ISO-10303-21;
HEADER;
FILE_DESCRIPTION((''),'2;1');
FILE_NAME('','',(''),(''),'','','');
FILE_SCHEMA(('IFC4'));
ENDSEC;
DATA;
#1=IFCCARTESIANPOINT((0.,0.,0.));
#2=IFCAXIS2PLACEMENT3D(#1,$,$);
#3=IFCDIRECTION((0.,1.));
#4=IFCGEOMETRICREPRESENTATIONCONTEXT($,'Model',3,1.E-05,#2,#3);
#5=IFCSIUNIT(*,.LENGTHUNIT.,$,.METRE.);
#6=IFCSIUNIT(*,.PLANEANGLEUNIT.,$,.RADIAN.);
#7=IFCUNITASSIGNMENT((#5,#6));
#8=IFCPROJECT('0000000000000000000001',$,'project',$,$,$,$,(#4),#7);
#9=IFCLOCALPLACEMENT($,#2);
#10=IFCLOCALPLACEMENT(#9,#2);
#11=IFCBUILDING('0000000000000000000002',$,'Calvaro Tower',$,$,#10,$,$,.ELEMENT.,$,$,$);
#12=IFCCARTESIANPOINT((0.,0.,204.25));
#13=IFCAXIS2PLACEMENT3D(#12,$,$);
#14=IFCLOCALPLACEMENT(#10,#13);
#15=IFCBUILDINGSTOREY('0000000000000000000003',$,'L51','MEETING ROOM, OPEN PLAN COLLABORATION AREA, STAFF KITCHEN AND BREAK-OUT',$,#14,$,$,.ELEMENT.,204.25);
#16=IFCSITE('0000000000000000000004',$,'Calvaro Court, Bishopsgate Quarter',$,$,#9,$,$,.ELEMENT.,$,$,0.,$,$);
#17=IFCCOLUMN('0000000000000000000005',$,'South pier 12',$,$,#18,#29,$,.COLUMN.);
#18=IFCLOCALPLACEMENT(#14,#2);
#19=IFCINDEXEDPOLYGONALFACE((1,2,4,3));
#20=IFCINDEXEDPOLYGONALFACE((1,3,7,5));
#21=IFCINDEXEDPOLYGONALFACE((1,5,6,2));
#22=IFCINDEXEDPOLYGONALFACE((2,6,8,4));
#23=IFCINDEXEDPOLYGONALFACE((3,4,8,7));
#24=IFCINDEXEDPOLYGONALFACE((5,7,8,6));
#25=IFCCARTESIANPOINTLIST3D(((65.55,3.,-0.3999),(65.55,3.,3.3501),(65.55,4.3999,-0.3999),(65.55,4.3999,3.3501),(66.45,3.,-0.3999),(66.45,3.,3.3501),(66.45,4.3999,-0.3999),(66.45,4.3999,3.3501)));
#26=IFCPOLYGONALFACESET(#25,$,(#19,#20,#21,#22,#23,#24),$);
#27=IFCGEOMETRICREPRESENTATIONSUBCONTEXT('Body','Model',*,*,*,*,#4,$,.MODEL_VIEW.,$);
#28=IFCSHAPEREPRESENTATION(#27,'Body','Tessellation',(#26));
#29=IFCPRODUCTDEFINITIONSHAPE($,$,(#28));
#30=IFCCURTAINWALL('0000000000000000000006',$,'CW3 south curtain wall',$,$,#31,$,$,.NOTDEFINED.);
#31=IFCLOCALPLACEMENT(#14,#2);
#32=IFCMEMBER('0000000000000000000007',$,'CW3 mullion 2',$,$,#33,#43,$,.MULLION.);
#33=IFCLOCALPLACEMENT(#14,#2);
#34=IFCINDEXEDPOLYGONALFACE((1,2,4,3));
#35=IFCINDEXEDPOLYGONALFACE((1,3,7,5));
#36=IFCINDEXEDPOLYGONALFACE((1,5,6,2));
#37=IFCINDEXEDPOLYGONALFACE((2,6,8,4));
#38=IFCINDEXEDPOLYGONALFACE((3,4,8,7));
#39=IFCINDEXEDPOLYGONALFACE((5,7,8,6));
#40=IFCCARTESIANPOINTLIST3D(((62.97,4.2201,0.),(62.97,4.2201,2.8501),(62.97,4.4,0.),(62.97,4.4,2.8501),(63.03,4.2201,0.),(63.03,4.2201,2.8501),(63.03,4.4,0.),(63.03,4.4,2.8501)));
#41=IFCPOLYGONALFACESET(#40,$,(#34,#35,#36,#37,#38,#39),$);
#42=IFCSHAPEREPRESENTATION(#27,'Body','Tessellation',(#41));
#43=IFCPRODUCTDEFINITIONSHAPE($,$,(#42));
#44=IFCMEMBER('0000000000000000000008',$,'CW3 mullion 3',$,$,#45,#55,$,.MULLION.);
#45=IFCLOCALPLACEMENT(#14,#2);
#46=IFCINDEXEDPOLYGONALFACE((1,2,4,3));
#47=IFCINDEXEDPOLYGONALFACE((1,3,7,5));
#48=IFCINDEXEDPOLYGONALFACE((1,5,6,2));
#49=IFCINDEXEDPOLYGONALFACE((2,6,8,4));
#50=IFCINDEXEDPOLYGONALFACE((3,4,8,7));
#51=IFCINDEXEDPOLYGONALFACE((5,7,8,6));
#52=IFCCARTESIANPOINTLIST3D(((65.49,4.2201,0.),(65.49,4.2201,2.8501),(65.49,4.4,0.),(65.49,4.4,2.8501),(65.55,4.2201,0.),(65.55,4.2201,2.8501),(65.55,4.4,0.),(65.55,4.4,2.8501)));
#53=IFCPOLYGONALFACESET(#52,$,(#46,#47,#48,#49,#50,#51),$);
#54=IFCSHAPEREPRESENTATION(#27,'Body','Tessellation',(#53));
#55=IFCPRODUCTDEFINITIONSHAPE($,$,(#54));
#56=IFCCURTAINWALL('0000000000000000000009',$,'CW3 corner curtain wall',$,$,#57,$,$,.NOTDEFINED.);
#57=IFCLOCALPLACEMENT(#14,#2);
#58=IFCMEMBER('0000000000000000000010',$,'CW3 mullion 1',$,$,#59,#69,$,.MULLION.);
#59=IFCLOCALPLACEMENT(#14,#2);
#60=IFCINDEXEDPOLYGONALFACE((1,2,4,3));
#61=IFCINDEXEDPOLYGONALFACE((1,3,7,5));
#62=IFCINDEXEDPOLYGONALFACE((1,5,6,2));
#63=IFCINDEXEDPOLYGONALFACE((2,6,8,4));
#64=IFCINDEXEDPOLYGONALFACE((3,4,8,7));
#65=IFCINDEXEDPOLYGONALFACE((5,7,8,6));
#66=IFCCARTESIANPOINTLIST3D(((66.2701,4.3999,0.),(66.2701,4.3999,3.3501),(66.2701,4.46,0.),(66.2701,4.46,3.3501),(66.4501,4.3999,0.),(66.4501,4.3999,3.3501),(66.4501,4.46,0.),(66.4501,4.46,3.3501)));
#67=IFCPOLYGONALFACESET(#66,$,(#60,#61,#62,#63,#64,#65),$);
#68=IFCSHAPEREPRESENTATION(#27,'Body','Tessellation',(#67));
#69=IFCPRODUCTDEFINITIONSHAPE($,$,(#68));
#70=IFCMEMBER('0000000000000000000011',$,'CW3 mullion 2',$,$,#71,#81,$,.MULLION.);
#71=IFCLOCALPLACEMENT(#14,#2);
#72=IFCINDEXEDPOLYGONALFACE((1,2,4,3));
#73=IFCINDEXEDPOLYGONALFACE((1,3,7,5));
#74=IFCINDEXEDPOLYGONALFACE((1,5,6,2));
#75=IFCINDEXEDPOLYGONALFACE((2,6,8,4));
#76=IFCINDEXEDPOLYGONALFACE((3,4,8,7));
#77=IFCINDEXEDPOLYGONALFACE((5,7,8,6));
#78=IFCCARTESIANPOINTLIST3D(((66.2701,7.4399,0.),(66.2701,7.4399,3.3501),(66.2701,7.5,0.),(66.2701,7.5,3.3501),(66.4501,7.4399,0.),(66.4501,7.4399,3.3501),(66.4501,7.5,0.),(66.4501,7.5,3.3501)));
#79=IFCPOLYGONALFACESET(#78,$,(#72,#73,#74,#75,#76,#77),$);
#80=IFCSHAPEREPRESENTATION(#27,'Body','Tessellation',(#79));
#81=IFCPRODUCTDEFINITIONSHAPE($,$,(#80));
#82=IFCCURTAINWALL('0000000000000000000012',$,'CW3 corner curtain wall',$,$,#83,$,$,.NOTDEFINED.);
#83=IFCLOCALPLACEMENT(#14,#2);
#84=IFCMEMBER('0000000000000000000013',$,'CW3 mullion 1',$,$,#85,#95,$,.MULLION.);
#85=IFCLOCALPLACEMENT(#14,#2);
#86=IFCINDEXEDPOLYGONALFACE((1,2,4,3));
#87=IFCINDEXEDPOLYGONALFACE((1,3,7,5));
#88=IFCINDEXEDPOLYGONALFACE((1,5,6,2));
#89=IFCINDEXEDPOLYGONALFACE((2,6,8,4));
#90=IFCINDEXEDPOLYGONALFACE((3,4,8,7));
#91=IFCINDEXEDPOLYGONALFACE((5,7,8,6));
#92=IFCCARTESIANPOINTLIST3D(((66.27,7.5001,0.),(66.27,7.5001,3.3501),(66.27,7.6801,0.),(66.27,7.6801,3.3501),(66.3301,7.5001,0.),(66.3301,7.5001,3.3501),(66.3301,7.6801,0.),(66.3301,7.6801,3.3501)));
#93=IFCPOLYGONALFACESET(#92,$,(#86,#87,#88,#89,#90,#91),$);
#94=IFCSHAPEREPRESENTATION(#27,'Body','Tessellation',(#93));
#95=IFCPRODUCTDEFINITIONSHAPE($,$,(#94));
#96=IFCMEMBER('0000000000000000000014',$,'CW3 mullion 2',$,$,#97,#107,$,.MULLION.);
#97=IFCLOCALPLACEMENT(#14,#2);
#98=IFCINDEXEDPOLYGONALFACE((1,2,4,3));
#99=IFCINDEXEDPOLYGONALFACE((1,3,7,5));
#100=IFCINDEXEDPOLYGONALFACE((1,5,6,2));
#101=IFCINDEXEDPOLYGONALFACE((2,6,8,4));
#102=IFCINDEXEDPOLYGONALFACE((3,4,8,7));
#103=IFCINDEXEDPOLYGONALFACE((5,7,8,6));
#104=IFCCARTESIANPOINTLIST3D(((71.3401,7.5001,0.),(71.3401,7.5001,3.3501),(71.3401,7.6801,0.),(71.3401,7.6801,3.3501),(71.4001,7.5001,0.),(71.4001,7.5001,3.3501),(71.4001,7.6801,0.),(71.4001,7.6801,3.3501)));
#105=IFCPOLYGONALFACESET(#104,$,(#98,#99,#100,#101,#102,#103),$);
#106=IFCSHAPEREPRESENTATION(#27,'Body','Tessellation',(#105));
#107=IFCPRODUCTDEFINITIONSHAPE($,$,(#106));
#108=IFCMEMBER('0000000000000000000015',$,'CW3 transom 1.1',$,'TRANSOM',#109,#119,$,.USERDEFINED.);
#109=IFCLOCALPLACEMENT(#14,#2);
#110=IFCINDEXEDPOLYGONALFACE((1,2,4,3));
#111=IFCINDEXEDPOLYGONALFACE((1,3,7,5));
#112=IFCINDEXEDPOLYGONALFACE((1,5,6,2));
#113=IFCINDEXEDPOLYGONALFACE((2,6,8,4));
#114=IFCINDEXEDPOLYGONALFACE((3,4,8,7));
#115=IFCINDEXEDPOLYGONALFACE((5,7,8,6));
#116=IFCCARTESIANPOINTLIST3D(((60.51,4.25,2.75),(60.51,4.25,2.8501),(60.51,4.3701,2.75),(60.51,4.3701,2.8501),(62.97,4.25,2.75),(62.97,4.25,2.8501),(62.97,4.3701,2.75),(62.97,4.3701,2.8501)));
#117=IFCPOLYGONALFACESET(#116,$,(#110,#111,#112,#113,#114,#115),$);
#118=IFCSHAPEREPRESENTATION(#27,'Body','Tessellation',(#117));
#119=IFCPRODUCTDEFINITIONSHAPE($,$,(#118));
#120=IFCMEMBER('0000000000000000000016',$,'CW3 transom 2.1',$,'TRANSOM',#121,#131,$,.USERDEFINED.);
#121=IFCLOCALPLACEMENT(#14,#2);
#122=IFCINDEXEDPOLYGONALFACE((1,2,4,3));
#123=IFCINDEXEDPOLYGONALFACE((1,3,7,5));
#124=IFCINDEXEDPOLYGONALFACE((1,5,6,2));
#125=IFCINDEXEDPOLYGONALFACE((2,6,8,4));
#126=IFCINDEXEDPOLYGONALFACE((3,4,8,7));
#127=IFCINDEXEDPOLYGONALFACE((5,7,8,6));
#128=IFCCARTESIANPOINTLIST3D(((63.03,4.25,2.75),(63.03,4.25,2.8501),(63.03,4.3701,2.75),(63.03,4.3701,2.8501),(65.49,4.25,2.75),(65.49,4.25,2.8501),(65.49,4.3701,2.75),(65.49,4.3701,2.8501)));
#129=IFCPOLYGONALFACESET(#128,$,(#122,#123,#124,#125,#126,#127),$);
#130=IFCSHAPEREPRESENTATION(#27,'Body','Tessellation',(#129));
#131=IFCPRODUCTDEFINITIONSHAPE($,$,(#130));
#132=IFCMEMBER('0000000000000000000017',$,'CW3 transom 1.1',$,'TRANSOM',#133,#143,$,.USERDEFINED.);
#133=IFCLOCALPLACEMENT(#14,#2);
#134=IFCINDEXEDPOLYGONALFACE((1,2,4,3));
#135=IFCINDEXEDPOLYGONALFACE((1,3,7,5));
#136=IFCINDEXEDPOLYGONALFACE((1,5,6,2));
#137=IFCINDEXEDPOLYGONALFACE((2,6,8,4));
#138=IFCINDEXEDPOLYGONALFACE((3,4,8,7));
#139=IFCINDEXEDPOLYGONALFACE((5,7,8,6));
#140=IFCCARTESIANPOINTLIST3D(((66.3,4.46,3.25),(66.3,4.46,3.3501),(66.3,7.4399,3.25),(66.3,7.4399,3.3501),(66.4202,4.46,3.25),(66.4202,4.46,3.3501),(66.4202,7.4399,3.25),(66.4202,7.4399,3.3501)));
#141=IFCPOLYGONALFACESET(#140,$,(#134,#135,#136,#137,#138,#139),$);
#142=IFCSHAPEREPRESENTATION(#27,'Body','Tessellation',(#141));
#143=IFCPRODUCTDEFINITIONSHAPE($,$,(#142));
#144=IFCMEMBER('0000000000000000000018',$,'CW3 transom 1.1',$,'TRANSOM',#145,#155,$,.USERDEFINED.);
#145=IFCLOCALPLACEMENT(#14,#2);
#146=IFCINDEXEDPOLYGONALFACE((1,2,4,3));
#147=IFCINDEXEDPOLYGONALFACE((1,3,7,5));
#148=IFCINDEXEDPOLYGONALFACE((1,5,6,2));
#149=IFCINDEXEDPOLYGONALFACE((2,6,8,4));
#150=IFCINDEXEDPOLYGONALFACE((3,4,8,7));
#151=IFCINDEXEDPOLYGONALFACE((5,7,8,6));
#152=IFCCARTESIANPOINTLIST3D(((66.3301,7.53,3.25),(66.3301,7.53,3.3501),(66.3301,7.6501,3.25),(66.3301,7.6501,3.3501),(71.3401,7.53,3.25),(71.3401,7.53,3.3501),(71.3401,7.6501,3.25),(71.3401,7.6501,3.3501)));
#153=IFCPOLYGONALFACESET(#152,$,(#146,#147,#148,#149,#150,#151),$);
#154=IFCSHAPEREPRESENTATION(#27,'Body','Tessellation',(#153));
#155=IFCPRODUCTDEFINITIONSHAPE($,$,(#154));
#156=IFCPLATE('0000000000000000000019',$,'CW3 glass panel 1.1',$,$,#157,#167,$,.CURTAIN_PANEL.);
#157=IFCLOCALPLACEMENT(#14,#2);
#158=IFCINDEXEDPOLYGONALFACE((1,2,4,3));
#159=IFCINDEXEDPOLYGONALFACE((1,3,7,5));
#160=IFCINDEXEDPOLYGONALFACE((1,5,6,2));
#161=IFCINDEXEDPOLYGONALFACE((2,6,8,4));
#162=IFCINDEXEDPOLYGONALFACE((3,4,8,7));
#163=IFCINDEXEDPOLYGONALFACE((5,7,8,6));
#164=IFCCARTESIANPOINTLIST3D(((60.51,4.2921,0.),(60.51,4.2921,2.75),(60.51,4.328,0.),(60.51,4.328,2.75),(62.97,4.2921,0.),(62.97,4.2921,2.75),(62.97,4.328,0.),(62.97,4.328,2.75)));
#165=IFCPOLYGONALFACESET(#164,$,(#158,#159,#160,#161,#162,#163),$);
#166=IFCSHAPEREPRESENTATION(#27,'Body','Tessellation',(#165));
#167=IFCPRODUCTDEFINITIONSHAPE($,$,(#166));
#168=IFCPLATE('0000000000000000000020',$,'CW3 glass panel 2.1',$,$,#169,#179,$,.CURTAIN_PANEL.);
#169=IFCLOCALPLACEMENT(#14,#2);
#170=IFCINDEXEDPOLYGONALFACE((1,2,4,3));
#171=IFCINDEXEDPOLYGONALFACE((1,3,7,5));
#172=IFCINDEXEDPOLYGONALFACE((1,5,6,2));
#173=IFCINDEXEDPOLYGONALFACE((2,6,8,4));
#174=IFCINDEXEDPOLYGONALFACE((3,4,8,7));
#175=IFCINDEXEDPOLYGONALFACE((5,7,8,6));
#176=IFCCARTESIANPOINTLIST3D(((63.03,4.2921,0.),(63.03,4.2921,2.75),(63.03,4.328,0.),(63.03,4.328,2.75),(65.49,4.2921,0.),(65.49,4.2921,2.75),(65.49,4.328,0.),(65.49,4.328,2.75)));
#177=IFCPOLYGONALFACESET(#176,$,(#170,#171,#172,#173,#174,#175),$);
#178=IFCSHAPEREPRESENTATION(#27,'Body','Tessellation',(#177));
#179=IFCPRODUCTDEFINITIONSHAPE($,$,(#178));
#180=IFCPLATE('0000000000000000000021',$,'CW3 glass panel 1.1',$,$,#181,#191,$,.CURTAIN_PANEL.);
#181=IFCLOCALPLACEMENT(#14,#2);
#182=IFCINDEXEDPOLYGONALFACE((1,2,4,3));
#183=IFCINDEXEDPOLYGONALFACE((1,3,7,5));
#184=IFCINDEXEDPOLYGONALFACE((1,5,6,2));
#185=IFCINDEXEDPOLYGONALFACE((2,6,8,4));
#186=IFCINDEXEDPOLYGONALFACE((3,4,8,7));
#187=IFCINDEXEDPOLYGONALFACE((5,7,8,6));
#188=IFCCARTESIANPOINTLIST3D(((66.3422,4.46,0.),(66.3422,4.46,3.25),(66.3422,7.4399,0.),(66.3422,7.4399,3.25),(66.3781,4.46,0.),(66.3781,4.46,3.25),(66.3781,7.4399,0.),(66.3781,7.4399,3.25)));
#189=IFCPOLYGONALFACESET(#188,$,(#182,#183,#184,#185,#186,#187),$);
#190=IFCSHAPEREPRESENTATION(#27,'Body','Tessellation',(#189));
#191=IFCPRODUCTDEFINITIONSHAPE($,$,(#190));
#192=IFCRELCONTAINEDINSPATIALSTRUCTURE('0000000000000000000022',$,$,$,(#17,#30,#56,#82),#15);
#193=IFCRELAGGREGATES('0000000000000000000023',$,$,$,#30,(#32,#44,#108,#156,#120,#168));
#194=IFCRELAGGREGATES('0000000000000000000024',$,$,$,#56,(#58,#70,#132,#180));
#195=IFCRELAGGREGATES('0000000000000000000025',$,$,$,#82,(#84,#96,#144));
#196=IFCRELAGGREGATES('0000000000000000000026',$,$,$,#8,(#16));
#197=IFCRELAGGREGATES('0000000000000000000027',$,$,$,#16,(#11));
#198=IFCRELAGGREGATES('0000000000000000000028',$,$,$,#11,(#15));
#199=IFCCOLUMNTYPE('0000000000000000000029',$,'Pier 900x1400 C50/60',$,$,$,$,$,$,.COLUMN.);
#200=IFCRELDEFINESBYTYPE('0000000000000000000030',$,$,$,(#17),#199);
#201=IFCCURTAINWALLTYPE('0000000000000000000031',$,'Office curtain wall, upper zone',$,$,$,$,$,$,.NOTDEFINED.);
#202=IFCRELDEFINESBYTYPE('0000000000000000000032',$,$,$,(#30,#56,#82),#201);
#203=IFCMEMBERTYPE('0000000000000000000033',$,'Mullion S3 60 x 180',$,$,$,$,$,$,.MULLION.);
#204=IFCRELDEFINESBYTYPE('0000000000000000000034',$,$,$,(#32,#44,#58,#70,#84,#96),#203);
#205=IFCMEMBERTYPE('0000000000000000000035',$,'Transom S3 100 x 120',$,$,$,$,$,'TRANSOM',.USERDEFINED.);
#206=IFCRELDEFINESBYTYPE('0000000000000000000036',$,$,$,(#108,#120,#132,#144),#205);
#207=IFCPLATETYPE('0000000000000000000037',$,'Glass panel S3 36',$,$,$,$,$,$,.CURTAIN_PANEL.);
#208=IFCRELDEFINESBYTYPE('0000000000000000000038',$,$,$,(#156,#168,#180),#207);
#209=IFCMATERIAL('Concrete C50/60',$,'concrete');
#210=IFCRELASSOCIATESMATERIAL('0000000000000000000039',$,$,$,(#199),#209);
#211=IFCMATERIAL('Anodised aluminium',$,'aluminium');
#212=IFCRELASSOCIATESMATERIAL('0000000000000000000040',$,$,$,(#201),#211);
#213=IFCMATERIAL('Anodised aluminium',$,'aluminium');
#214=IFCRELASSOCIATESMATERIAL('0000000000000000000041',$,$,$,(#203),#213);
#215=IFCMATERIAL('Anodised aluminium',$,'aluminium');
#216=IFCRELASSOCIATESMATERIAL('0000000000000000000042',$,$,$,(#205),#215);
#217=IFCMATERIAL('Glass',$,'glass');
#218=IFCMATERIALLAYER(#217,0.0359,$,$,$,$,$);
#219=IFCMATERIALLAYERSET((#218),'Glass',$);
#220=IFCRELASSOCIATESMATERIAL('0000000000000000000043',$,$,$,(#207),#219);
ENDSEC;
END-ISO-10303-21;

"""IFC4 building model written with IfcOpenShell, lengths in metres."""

from ifc_helpers import new_model, si_unit, direction, frame, origin, origin_2d, place, context, subcontext, project, spatial, rectangle, extrude, material, layer, layer_set, material_profile, profile_set, type_object, element, aggregate, save


model = new_model("IFC4")

# Units and contexts
model_context = context("Model", 3, precision=1e-05, world=origin(), true_north=direction((0.0, 1.0)))
body_context = subcontext(model_context, "Body", "Model", "MODEL_VIEW")
ifc_project = project(units=[si_unit("LENGTHUNIT", "METRE"), si_unit("PLANEANGLEUNIT", "RADIAN")], contexts=[model_context])

# Site, building, storey
site_placement = place(None, origin())
site = spatial("IfcSite", under=ifc_project, at=site_placement, Name="Calvaro Court, Bishopsgate Quarter", CompositionType="ELEMENT", RefElevation=0.0)
building_placement = place(site_placement, origin())
building = spatial("IfcBuilding", under=site, at=building_placement, Name="Calvaro Tower", CompositionType="ELEMENT")
storey_placement = place(building_placement, frame((0.0, 0.0, 204.25)))
storey = spatial("IfcBuildingStorey", under=building, at=storey_placement, Name="L51", Description="MEETING ROOM, OPEN PLAN COLLABORATION AREA, STAFF KITCHEN AND BREAK-OUT", CompositionType="ELEMENT", Elevation=204.25)

# Column
ifc_material_1 = material(Name="Concrete C50/60", Category="concrete")
ifc_material_profile_1 = material_profile(ifc_material_1, rectangle(XDim=0.8999, YDim=1.3999, at=origin_2d()), Name="RC 900x1400")
ifc_profile_set_1 = profile_set([ifc_material_profile_1], Name="Concrete C50/60")
column_type = type_object("IfcColumnType", Name="Pier 900x1400 C50/60", PredefinedType="COLUMN", material=ifc_profile_set_1)
column_placement = place(storey_placement, frame((66.0, 3.7, -0.3999), z_axis=(0.0, 0.0, 1.0), x_axis=(1.0, 0.0, 0.0)))
element("IfcColumn", 1, at=column_placement, inside=storey, type_object=column_type, Name="South pier 12", PredefinedType="COLUMN", context=body_context, shape_type="SweptSolid", body=[
    extrude(rectangle(XDim=0.8999, YDim=1.3999, at=origin_2d()), origin(), (0.0, 0.0, 1.0), 3.75),
])

# Curtain walls, members
ifc_material_2 = material(Name="Anodised aluminium", Category="aluminium")
curtain_wall_type = type_object("IfcCurtainWallType", Name="Office curtain wall, upper zone", PredefinedType="NOTDEFINED", material=ifc_material_2)
curtain_wall_1_placement = place(storey_placement, origin())
curtain_wall_1 = element("IfcCurtainWall", 2, at=curtain_wall_1_placement, inside=storey, type_object=curtain_wall_type, Name="CW3 south curtain wall", PredefinedType="NOTDEFINED")
ifc_material_3 = material(Name="Anodised aluminium", Category="aluminium")
ifc_material_profile_2 = material_profile(ifc_material_3, rectangle(XDim=0.1799, YDim=0.0601, at=origin_2d()), Name="Mullion S3 60 x 180")
ifc_profile_set_2 = profile_set([ifc_material_profile_2], Name="Anodised aluminium")
member_type_1 = type_object("IfcMemberType", Name="Mullion S3 60 x 180", PredefinedType="MULLION", material=ifc_profile_set_2)
member_1_placement = place(storey_placement, frame((63.0, 4.3101, 0.0), z_axis=(0.0, 0.0, 1.0), x_axis=(0.0, 1.0, 0.0)))
member_1 = element("IfcMember", 3, at=member_1_placement, type_object=member_type_1, Name="CW3 mullion 2", PredefinedType="MULLION", context=body_context, shape_type="SweptSolid", body=[
    extrude(rectangle(XDim=0.1799, YDim=0.0601, at=origin_2d()), origin(), (0.0, 0.0, 1.0), 2.8501),
])
member_2_placement = place(storey_placement, frame((65.52, 4.3101, 0.0), z_axis=(0.0, 0.0, 1.0), x_axis=(0.0, 1.0, 0.0)))
member_2 = element("IfcMember", 4, at=member_2_placement, type_object=member_type_1, Name="CW3 mullion 3", PredefinedType="MULLION", context=body_context, shape_type="SweptSolid", body=[
    extrude(rectangle(XDim=0.1799, YDim=0.0601, at=origin_2d()), origin(), (0.0, 0.0, 1.0), 2.8501),
])
curtain_wall_2_placement = place(storey_placement, origin())
curtain_wall_2 = element("IfcCurtainWall", 5, at=curtain_wall_2_placement, inside=storey, type_object=curtain_wall_type, Name="CW3 corner curtain wall", PredefinedType="NOTDEFINED")
member_3_placement = place(storey_placement, frame((66.3601, 4.4299, 0.0), z_axis=(0.0, 0.0, 1.0), x_axis=(-1.0, 0.0, 0.0)))
member_3 = element("IfcMember", 6, at=member_3_placement, type_object=member_type_1, Name="CW3 mullion 1", PredefinedType="MULLION", context=body_context, shape_type="SweptSolid", body=[
    extrude(rectangle(XDim=0.1799, YDim=0.0601, at=origin_2d()), origin(), (0.0, 0.0, 1.0), 3.3501),
])
member_4_placement = place(storey_placement, frame((66.3601, 7.47, 0.0), z_axis=(0.0, 0.0, 1.0), x_axis=(-1.0, 0.0, 0.0)))
member_4 = element("IfcMember", 7, at=member_4_placement, type_object=member_type_1, Name="CW3 mullion 2", PredefinedType="MULLION", context=body_context, shape_type="SweptSolid", body=[
    extrude(rectangle(XDim=0.1799, YDim=0.0601, at=origin_2d()), origin(), (0.0, 0.0, 1.0), 3.3501),
])
curtain_wall_3_placement = place(storey_placement, origin())
curtain_wall_3 = element("IfcCurtainWall", 8, at=curtain_wall_3_placement, inside=storey, type_object=curtain_wall_type, Name="CW3 corner curtain wall", PredefinedType="NOTDEFINED")
member_5_placement = place(storey_placement, frame((66.3, 7.5901, 0.0), z_axis=(0.0, 0.0, 1.0), x_axis=(0.0, 1.0, 0.0)))
member_5 = element("IfcMember", 9, at=member_5_placement, type_object=member_type_1, Name="CW3 mullion 1", PredefinedType="MULLION", context=body_context, shape_type="SweptSolid", body=[
    extrude(rectangle(XDim=0.1799, YDim=0.0601, at=origin_2d()), origin(), (0.0, 0.0, 1.0), 3.3501),
])
member_6_placement = place(storey_placement, frame((71.3701, 7.5901, 0.0), z_axis=(0.0, 0.0, 1.0), x_axis=(0.0, 1.0, 0.0)))
member_6 = element("IfcMember", 10, at=member_6_placement, type_object=member_type_1, Name="CW3 mullion 2", PredefinedType="MULLION", context=body_context, shape_type="SweptSolid", body=[
    extrude(rectangle(XDim=0.1799, YDim=0.0601, at=origin_2d()), origin(), (0.0, 0.0, 1.0), 3.3501),
])

# Members
ifc_material_4 = material(Name="Anodised aluminium", Category="aluminium")
ifc_material_profile_3 = material_profile(ifc_material_4, rectangle(XDim=0.1201, YDim=0.1001, at=origin_2d()), Name="Transom S3 100 x 120")
ifc_profile_set_3 = profile_set([ifc_material_profile_3], Name="Anodised aluminium")
member_type_2 = type_object("IfcMemberType", Name="Transom S3 100 x 120", ElementType="TRANSOM", PredefinedType="USERDEFINED", material=ifc_profile_set_3)
member_7_placement = place(storey_placement, frame((60.51, 4.3101, 2.8), z_axis=(1.0, 0.0, 0.0), x_axis=(0.0, 1.0, 0.0)))
member_7 = element("IfcMember", 11, at=member_7_placement, type_object=member_type_2, Name="CW3 transom 1.1", ObjectType="TRANSOM", PredefinedType="USERDEFINED", context=body_context, shape_type="SweptSolid", body=[
    extrude(rectangle(XDim=0.1201, YDim=0.1001, at=origin_2d()), origin(), (0.0, 0.0, 1.0), 2.46),
])
member_8_placement = place(storey_placement, frame((63.03, 4.3101, 2.8), z_axis=(1.0, 0.0, 0.0), x_axis=(0.0, 1.0, 0.0)))
member_8 = element("IfcMember", 12, at=member_8_placement, type_object=member_type_2, Name="CW3 transom 2.1", ObjectType="TRANSOM", PredefinedType="USERDEFINED", context=body_context, shape_type="SweptSolid", body=[
    extrude(rectangle(XDim=0.1201, YDim=0.1001, at=origin_2d()), origin(), (0.0, 0.0, 1.0), 2.46),
])
member_9_placement = place(storey_placement, frame((66.3601, 4.46, 3.3), z_axis=(0.0, 1.0, 0.0), x_axis=(-1.0, 0.0, 0.0)))
member_9 = element("IfcMember", 13, at=member_9_placement, type_object=member_type_2, Name="CW3 transom 1.1", ObjectType="TRANSOM", PredefinedType="USERDEFINED", context=body_context, shape_type="SweptSolid", body=[
    extrude(rectangle(XDim=0.1201, YDim=0.1001, at=origin_2d()), origin(), (0.0, 0.0, 1.0), 2.98),
])
member_10_placement = place(storey_placement, frame((66.3301, 7.5901, 3.3), z_axis=(1.0, 0.0, 0.0), x_axis=(0.0, 1.0, 0.0)))
member_10 = element("IfcMember", 14, at=member_10_placement, type_object=member_type_2, Name="CW3 transom 1.1", ObjectType="TRANSOM", PredefinedType="USERDEFINED", context=body_context, shape_type="SweptSolid", body=[
    extrude(rectangle(XDim=0.1201, YDim=0.1001, at=origin_2d()), origin(), (0.0, 0.0, 1.0), 5.01),
])

# Plates
ifc_material_5 = material(Name="Glass", Category="glass")
ifc_layer_1 = layer(ifc_material_5, 0.0359)
ifc_layer_set_1 = layer_set([ifc_layer_1], Name="Glass")
plate_type = type_object("IfcPlateType", Name="Glass panel S3 36", PredefinedType="CURTAIN_PANEL", material=ifc_layer_set_1)
plate_1_placement = place(storey_placement, frame((61.74, 4.3101, 0.0), z_axis=(0.0, 0.0, 1.0), x_axis=(1.0, 0.0, 0.0)))
plate_1 = element("IfcPlate", 15, at=plate_1_placement, type_object=plate_type, Name="CW3 glass panel 1.1", PredefinedType="CURTAIN_PANEL", context=body_context, shape_type="SweptSolid", body=[
    extrude(rectangle(XDim=2.46, YDim=0.0359, at=origin_2d()), origin(), (0.0, 0.0, 1.0), 2.75),
])
plate_2_placement = place(storey_placement, frame((64.26, 4.3101, 0.0), z_axis=(0.0, 0.0, 1.0), x_axis=(1.0, 0.0, 0.0)))
plate_2 = element("IfcPlate", 16, at=plate_2_placement, type_object=plate_type, Name="CW3 glass panel 2.1", PredefinedType="CURTAIN_PANEL", context=body_context, shape_type="SweptSolid", body=[
    extrude(rectangle(XDim=2.46, YDim=0.0359, at=origin_2d()), origin(), (0.0, 0.0, 1.0), 2.75),
])
aggregate(curtain_wall_1, [member_1, member_2, member_7, plate_1, member_8, plate_2])
plate_3_placement = place(storey_placement, frame((66.3601, 5.95, 0.0), z_axis=(0.0, 0.0, 1.0), x_axis=(0.0, 1.0, 0.0)))
plate_3 = element("IfcPlate", 17, at=plate_3_placement, type_object=plate_type, Name="CW3 glass panel 1.1", PredefinedType="CURTAIN_PANEL", context=body_context, shape_type="SweptSolid", body=[
    extrude(rectangle(XDim=2.98, YDim=0.0359, at=origin_2d()), origin(), (0.0, 0.0, 1.0), 3.25),
])
aggregate(curtain_wall_2, [member_3, member_4, member_9, plate_3])
aggregate(curtain_wall_3, [member_5, member_6, member_10])

save(model, "model.ifc")
